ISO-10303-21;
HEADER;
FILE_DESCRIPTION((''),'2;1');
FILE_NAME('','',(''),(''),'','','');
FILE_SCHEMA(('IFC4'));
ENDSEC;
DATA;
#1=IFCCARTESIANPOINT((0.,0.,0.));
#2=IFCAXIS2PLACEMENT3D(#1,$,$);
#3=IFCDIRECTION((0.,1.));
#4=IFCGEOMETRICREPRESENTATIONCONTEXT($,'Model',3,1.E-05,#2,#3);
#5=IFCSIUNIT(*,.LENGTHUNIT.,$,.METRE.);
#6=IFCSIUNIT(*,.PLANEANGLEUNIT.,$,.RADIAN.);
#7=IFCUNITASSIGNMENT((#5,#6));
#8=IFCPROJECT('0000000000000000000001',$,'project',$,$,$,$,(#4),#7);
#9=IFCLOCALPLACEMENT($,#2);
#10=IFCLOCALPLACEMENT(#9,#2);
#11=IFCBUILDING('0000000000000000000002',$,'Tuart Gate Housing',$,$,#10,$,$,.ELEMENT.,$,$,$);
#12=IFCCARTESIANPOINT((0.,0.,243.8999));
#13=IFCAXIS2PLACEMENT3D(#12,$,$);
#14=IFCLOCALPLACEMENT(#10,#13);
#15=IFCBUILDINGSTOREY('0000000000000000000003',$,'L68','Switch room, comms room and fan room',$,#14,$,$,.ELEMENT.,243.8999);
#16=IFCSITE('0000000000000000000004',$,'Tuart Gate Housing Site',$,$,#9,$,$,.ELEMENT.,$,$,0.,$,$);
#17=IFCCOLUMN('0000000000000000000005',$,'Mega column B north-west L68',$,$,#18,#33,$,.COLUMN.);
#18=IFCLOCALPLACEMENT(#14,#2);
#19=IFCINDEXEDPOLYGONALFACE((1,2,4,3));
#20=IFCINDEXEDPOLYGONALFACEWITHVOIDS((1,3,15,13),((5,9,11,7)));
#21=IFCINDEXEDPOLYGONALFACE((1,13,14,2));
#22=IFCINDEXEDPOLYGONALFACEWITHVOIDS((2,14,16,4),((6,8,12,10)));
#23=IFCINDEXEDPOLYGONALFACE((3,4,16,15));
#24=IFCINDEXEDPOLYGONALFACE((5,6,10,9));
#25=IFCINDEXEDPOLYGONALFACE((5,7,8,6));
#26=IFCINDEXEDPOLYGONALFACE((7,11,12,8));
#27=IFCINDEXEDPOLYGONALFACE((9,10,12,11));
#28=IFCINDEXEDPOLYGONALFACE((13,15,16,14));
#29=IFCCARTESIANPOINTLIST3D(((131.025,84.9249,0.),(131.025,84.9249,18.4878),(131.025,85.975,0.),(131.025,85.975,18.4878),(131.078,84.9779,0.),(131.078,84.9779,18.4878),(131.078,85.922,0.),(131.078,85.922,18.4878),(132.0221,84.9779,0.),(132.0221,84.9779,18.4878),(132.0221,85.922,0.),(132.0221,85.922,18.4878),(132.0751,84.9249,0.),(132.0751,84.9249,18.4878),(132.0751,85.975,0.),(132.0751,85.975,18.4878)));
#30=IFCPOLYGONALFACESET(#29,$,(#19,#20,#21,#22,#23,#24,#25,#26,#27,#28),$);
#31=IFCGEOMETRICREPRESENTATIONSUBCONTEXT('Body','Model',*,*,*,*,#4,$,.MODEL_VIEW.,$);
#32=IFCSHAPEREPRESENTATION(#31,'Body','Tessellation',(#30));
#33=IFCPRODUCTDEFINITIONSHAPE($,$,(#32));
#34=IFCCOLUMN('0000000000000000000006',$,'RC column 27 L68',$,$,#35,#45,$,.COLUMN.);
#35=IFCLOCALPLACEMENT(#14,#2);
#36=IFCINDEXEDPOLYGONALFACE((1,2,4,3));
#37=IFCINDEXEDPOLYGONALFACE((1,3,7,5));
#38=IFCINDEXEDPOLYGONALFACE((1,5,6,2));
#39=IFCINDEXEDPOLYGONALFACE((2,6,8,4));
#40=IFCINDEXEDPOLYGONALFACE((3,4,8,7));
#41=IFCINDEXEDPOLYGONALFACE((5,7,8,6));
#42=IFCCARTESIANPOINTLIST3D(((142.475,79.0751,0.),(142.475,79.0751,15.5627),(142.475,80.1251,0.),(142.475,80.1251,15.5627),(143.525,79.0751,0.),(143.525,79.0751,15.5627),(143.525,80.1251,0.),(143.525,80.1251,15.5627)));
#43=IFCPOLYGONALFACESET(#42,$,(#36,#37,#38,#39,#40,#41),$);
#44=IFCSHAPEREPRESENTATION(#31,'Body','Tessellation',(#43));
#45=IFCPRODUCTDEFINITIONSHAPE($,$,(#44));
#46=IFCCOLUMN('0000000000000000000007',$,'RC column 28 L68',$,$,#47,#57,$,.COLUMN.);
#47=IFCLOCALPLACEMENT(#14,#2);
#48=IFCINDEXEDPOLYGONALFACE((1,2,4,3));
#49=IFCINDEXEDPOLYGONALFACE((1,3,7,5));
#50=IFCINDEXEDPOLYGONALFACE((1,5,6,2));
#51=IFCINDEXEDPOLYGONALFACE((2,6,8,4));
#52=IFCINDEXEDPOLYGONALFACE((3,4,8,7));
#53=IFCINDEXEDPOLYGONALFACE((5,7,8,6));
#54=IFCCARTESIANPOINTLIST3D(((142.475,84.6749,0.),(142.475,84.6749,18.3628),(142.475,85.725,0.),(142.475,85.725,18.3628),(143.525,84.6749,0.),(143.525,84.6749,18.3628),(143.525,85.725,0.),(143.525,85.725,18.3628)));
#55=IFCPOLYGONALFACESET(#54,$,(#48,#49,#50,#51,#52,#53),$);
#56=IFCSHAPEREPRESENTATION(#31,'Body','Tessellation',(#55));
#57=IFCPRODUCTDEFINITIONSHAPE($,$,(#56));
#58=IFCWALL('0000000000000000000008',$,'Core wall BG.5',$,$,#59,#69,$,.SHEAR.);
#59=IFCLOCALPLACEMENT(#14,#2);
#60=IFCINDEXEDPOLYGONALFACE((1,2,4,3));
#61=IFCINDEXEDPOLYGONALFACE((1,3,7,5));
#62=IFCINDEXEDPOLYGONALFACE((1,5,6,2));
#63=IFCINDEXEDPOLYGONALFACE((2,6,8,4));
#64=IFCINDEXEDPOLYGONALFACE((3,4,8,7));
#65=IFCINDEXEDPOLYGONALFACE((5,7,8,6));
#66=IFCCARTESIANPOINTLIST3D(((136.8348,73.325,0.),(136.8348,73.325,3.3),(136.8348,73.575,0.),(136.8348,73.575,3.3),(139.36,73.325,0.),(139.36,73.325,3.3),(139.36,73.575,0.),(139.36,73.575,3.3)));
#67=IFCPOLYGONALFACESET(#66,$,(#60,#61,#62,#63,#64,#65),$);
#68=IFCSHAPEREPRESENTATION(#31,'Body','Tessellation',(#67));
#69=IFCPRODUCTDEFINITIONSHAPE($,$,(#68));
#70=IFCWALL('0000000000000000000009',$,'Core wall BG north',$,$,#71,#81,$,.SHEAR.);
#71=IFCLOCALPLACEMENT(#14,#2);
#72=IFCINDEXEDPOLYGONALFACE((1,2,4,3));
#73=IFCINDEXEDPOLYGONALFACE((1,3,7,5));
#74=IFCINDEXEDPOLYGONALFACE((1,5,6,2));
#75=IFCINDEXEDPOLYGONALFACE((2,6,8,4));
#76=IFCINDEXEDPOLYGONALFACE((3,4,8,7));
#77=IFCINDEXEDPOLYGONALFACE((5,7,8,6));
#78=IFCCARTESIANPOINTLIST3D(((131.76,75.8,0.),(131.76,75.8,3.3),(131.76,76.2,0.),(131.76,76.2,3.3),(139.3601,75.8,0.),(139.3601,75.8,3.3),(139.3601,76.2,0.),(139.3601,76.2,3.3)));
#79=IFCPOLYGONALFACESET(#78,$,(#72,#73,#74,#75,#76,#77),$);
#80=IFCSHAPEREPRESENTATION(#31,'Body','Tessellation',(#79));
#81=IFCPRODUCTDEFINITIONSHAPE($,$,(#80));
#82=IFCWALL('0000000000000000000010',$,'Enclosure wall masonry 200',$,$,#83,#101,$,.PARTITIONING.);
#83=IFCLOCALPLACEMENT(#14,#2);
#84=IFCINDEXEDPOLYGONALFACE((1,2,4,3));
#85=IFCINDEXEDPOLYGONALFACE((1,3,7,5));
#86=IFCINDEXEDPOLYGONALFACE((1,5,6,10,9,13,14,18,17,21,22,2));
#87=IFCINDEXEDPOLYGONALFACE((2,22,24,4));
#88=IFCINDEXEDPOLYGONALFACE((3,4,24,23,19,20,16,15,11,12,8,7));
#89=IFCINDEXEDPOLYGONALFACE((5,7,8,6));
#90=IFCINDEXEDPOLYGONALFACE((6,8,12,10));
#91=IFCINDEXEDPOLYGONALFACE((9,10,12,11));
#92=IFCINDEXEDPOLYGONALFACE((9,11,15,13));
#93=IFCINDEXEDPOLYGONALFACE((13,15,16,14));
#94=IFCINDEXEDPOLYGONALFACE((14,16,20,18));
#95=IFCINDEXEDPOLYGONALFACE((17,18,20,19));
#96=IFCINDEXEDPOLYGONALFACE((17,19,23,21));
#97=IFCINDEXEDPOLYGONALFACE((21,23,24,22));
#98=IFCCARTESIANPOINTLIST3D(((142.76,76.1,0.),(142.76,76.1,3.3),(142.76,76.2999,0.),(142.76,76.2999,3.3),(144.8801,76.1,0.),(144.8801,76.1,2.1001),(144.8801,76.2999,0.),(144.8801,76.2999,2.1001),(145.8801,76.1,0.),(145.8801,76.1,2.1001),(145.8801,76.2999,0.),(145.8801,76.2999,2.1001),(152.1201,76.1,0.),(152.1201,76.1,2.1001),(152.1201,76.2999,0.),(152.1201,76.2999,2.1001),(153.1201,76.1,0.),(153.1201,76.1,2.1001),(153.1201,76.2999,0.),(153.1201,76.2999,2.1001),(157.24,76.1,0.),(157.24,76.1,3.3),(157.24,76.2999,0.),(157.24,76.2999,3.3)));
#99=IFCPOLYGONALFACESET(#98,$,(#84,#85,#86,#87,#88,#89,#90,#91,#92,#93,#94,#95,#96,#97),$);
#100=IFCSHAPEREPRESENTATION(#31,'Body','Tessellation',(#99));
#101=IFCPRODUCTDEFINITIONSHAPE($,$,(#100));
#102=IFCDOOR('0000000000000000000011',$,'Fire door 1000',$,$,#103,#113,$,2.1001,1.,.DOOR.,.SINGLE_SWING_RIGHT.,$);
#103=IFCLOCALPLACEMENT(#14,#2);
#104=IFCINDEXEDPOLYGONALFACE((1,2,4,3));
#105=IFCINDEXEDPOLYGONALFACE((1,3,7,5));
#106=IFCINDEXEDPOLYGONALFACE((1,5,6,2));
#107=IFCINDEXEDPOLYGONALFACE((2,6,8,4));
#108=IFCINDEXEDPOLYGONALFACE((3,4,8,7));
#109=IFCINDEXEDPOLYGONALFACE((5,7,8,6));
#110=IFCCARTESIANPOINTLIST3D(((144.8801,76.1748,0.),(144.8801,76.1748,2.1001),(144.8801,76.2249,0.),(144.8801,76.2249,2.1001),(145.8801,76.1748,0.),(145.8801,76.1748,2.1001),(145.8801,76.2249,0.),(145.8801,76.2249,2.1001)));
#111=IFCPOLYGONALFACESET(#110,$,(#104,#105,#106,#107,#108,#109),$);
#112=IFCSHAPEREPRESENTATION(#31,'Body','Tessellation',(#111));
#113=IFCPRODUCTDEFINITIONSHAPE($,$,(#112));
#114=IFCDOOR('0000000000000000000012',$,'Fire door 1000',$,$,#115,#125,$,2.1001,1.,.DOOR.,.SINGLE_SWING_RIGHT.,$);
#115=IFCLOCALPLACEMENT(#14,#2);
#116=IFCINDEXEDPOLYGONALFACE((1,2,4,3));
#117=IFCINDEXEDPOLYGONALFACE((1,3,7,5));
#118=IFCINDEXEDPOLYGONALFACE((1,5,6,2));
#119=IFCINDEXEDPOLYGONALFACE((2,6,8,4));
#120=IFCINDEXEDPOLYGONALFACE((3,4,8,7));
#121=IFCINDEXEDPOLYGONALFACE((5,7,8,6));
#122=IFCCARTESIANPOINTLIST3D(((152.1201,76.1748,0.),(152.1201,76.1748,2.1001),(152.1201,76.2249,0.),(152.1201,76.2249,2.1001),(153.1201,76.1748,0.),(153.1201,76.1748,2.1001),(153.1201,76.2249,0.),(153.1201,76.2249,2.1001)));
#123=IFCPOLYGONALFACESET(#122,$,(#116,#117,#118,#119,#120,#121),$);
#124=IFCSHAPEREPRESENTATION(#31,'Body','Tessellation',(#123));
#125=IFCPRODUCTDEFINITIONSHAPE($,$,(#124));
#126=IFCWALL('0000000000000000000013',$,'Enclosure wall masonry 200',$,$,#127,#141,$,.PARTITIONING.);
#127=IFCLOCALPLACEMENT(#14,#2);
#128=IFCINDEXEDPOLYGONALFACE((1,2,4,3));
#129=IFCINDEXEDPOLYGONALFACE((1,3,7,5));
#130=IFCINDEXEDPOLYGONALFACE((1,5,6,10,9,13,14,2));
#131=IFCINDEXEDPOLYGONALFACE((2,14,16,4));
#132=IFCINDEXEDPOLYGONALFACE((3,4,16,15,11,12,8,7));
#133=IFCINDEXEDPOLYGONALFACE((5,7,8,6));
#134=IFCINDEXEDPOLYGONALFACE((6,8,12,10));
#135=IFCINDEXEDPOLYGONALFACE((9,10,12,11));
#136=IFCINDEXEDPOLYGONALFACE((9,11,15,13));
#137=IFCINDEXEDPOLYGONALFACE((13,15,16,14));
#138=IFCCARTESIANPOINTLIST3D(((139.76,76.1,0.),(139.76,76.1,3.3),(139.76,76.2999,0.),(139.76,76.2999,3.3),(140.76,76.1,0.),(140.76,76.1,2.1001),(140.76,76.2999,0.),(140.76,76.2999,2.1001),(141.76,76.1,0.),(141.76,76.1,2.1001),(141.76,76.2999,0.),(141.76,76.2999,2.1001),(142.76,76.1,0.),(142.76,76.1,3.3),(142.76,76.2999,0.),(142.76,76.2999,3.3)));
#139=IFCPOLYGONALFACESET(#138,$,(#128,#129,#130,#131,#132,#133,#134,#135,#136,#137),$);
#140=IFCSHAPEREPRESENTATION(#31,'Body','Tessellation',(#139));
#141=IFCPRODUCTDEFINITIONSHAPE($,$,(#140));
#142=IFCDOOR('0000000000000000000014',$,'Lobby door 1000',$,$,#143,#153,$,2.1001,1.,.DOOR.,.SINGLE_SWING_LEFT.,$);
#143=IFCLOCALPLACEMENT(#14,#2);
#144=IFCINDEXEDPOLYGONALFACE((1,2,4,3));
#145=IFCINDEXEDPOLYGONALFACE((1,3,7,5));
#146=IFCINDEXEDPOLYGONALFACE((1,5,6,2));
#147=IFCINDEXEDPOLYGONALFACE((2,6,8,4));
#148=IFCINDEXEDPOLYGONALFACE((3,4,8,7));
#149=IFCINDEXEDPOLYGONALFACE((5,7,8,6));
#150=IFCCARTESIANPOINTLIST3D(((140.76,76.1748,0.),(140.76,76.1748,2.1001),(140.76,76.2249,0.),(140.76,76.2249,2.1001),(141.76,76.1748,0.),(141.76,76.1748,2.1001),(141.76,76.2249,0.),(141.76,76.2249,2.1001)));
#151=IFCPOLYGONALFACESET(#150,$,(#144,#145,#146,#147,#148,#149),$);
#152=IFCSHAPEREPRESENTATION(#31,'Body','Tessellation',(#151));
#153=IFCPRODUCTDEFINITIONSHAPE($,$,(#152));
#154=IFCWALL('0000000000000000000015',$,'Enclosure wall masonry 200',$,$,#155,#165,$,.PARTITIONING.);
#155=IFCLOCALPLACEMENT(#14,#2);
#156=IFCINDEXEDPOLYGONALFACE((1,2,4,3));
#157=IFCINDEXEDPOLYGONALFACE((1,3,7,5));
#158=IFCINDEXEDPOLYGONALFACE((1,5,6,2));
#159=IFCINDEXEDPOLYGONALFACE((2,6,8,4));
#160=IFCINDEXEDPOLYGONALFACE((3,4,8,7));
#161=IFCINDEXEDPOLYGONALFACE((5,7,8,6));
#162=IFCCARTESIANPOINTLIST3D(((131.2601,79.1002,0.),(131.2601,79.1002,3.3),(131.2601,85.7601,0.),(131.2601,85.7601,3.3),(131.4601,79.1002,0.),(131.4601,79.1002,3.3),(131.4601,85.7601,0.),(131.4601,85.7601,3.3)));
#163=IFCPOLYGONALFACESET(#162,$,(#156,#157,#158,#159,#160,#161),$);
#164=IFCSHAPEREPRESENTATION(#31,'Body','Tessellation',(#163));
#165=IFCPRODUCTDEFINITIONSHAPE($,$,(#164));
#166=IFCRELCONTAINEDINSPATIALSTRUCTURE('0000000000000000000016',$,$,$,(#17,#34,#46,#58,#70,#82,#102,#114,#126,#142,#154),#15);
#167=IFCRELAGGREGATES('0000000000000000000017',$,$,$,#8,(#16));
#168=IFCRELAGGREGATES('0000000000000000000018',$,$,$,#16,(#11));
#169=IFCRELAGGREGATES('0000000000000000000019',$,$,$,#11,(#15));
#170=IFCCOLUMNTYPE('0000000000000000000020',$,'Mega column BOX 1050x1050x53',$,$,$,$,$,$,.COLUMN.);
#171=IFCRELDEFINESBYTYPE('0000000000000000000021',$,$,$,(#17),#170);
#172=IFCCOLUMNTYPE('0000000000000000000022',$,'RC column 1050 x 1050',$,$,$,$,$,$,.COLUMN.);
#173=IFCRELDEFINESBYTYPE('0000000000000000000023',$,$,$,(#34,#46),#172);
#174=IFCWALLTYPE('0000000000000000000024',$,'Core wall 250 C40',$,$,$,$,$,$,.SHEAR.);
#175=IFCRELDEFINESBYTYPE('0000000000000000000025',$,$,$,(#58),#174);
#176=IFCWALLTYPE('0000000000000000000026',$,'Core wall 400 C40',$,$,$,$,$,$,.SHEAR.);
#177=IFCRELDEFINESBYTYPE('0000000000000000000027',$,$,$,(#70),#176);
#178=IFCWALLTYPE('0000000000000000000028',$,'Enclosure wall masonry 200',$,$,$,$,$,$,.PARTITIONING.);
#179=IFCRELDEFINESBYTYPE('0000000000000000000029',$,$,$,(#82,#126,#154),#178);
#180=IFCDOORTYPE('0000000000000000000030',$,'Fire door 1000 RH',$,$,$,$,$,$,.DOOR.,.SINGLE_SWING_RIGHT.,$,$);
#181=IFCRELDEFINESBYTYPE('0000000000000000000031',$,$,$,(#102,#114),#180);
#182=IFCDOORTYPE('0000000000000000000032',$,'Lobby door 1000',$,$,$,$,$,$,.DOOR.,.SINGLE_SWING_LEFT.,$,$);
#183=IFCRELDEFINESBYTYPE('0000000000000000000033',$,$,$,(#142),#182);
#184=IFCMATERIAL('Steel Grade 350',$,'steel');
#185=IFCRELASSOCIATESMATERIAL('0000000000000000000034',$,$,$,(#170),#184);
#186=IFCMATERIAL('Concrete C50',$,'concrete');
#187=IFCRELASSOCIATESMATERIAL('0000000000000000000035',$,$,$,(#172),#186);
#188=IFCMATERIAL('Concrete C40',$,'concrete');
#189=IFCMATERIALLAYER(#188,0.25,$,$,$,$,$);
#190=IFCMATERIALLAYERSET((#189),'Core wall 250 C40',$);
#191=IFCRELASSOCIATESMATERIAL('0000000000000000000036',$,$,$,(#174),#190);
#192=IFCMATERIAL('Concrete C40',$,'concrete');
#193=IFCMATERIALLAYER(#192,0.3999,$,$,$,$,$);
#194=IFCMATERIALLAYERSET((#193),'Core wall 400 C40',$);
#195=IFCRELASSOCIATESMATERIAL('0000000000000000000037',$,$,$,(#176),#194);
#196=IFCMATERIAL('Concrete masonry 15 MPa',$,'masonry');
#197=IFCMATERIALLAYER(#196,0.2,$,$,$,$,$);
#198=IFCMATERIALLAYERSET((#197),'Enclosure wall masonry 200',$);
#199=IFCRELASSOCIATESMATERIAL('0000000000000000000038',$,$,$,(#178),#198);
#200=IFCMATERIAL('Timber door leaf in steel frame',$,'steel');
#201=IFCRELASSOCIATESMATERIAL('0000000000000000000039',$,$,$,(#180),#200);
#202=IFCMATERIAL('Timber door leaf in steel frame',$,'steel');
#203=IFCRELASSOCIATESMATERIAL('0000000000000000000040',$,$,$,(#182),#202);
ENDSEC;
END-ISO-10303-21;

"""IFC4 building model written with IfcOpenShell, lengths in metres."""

from ifc_helpers import new_model, si_unit, direction, frame, frame_2d, origin, origin_2d, place, context, subcontext, project, spatial, rectangle, hollow_rectangle, extrude, material, layer, layer_set, material_profile, profile_set, type_object, element, fill, save


model = new_model("IFC4")

# Units and contexts
model_context = context("Model", 3, precision=1e-05, world=origin(), true_north=direction((0.0, 1.0)))
body_context = subcontext(model_context, "Body", "Model", "MODEL_VIEW")
ifc_project = project(units=[si_unit("LENGTHUNIT", "METRE"), si_unit("PLANEANGLEUNIT", "RADIAN")], contexts=[model_context])

# Site, building, storey
site_placement = place(None, origin())
site = spatial("IfcSite", under=ifc_project, at=site_placement, Name="Tuart Gate Housing Site", CompositionType="ELEMENT", RefElevation=0.0)
building_placement = place(site_placement, origin())
building = spatial("IfcBuilding", under=site, at=building_placement, Name="Tuart Gate Housing", CompositionType="ELEMENT")
storey_placement = place(building_placement, frame((0.0, 0.0, 243.8999)))
storey = spatial("IfcBuildingStorey", under=building, at=storey_placement, Name="L68", Description="Switch room, comms room and fan room", CompositionType="ELEMENT", Elevation=243.8999)

# Columns
ifc_material_1 = material(Name="Steel Grade 350", Category="steel")
ifc_material_profile_1 = material_profile(ifc_material_1, hollow_rectangle(XDim=1.05, YDim=1.05, WallThickness=0.053, at=origin_2d()), Name="BOX 1050x1050x53")
ifc_profile_set_1 = profile_set([ifc_material_profile_1], Name="Steel Grade 350")
column_type_1 = type_object("IfcColumnType", Name="Mega column BOX 1050x1050x53", PredefinedType="COLUMN", material=ifc_profile_set_1)
column_1_placement = place(storey_placement, frame((131.55, 85.45, 0.0), z_axis=(0.0, 0.0, 1.0), x_axis=(1.0, 0.0, 0.0)))
element("IfcColumn", 1, at=column_1_placement, inside=storey, type_object=column_type_1, Name="Mega column B north-west L68", PredefinedType="COLUMN", context=body_context, shape_type="SweptSolid", body=[
    extrude(hollow_rectangle(XDim=1.05, YDim=1.05, WallThickness=0.053, at=origin_2d()), origin(), (0.0, 0.0, 1.0), 18.4878),
])
ifc_material_2 = material(Name="Concrete C50", Category="concrete")
ifc_material_profile_2 = material_profile(ifc_material_2, rectangle(XDim=1.05, YDim=1.05, at=origin_2d()), Name="RC column 1050 x 1050")
ifc_profile_set_2 = profile_set([ifc_material_profile_2], Name="Concrete C50")
column_type_2 = type_object("IfcColumnType", Name="RC column 1050 x 1050", PredefinedType="COLUMN", material=ifc_profile_set_2)
column_2_placement = place(storey_placement, frame((143.0, 79.6001, 0.0), z_axis=(0.0, 0.0, 1.0), x_axis=(1.0, 0.0, 0.0)))
element("IfcColumn", 2, at=column_2_placement, inside=storey, type_object=column_type_2, Name="RC column 27 L68", PredefinedType="COLUMN", context=body_context, shape_type="SweptSolid", body=[
    extrude(rectangle(XDim=1.05, YDim=1.05, at=origin_2d()), origin(), (0.0, 0.0, 1.0), 15.5627),
])
column_3_placement = place(storey_placement, frame((143.0, 85.2, 0.0), z_axis=(0.0, 0.0, 1.0), x_axis=(1.0, 0.0, 0.0)))
element("IfcColumn", 3, at=column_3_placement, inside=storey, type_object=column_type_2, Name="RC column 28 L68", PredefinedType="COLUMN", context=body_context, shape_type="SweptSolid", body=[
    extrude(rectangle(XDim=1.05, YDim=1.05, at=origin_2d()), origin(), (0.0, 0.0, 1.0), 18.3628),
])

# Walls
ifc_material_3 = material(Name="Concrete C40", Category="concrete")
ifc_layer_1 = layer(ifc_material_3, 0.25)
ifc_layer_set_1 = layer_set([ifc_layer_1], Name="Core wall 250 C40")
wall_type_1 = type_object("IfcWallType", Name="Core wall 250 C40", PredefinedType="SHEAR", material=ifc_layer_set_1)
wall_1_placement = place(storey_placement, frame((139.3601, 73.45, 0.0), z_axis=(0.0, 0.0, 1.0), x_axis=(-1.0, 0.0, 0.0)))
element("IfcWall", 4, at=wall_1_placement, inside=storey, type_object=wall_type_1, Name="Core wall BG.5", PredefinedType="SHEAR", context=body_context, shape_type="SweptSolid", body=[
    extrude(rectangle(XDim=2.5251, YDim=0.25, at=frame_2d((1.2627, 0.0))), origin(), (0.0, 0.0, 1.0), 3.3),
])
ifc_material_4 = material(Name="Concrete C40", Category="concrete")
ifc_layer_2 = layer(ifc_material_4, 0.3999)
ifc_layer_set_2 = layer_set([ifc_layer_2], Name="Core wall 400 C40")
wall_type_2 = type_object("IfcWallType", Name="Core wall 400 C40", PredefinedType="SHEAR", material=ifc_layer_set_2)
wall_2_placement = place(storey_placement, frame((139.3601, 76.0, 0.0), z_axis=(0.0, 0.0, 1.0), x_axis=(-1.0, 0.0, 0.0)))
element("IfcWall", 5, at=wall_2_placement, inside=storey, type_object=wall_type_2, Name="Core wall BG north", PredefinedType="SHEAR", context=body_context, shape_type="SweptSolid", body=[
    extrude(rectangle(XDim=7.6001, YDim=0.3999, at=frame_2d((3.8, 0.0))), origin(), (0.0, 0.0, 1.0), 3.3),
])

# Wall, openings, doors
ifc_material_5 = material(Name="Concrete masonry 15 MPa", Category="masonry")
ifc_layer_3 = layer(ifc_material_5, 0.2)
ifc_layer_set_3 = layer_set([ifc_layer_3], Name="Enclosure wall masonry 200")
wall_type_3 = type_object("IfcWallType", Name="Enclosure wall masonry 200", PredefinedType="PARTITIONING", material=ifc_layer_set_3)
wall_3_placement = place(storey_placement, frame((142.76, 76.2, 0.0), z_axis=(0.0, 0.0, 1.0), x_axis=(1.0, 0.0, 0.0)))
wall_3 = element("IfcWall", 6, at=wall_3_placement, inside=storey, type_object=wall_type_3, Name="Enclosure wall masonry 200", PredefinedType="PARTITIONING", context=body_context, shape_type="SweptSolid", body=[
    extrude(rectangle(XDim=14.48, YDim=0.2, at=frame_2d((7.24, 0.0))), origin(), (0.0, 0.0, 1.0), 3.3),
])
opening_1_placement = place(wall_3_placement, frame((2.1201, 0.0, 0.0)))
opening_1 = element("IfcOpeningElement", 7, at=opening_1_placement, cuts=wall_3, PredefinedType="OPENING", context=body_context, shape_type="SweptSolid", body=[
    extrude(rectangle(XDim=1.0, YDim=2.1001, at=frame_2d((0.5, 1.05))), frame((0.0, 0.1099, 0.0), z_axis=(0.0, -1.0, 0.0), x_axis=(1.0, 0.0, 0.0)), (0.0, 0.0, 1.0), 0.22),
])
opening_2_placement = place(wall_3_placement, frame((9.3601, 0.0, 0.0)))
opening_2 = element("IfcOpeningElement", 8, at=opening_2_placement, cuts=wall_3, PredefinedType="OPENING", context=body_context, shape_type="SweptSolid", body=[
    extrude(rectangle(XDim=1.0, YDim=2.1001, at=frame_2d((0.5, 1.05))), frame((0.0, 0.1099, 0.0), z_axis=(0.0, -1.0, 0.0), x_axis=(1.0, 0.0, 0.0)), (0.0, 0.0, 1.0), 0.22),
])
ifc_material_6 = material(Name="Timber door leaf in steel frame", Category="steel")
door_type_1 = type_object("IfcDoorType", Name="Fire door 1000 RH", OperationType="SINGLE_SWING_RIGHT", PredefinedType="DOOR", material=ifc_material_6)
door_1_placement = place(opening_1_placement, frame((1.0, 0.0, 0.0), z_axis=(0.0, 0.0, 1.0), x_axis=(-1.0, 0.0, 0.0)))
door_1 = element("IfcDoor", 9, at=door_1_placement, inside=storey, type_object=door_type_1, Name="Fire door 1000", OperationType="SINGLE_SWING_RIGHT", OverallHeight=2.1001, OverallWidth=1.0, PredefinedType="DOOR", context=body_context, shape_type="SweptSolid", body=[
    extrude(rectangle(XDim=1.0, YDim=2.1001, at=frame_2d((0.5, 1.05))), frame((0.0, 0.0251, 0.0), z_axis=(0.0, -1.0, 0.0), x_axis=(1.0, 0.0, 0.0)), (0.0, 0.0, 1.0), 0.05),
])
fill(opening_1, door_1)
door_2_placement = place(opening_2_placement, frame((1.0, 0.0, 0.0), z_axis=(0.0, 0.0, 1.0), x_axis=(-1.0, 0.0, 0.0)))
door_2 = element("IfcDoor", 10, at=door_2_placement, inside=storey, type_object=door_type_1, Name="Fire door 1000", OperationType="SINGLE_SWING_RIGHT", OverallHeight=2.1001, OverallWidth=1.0, PredefinedType="DOOR", context=body_context, shape_type="SweptSolid", body=[
    extrude(rectangle(XDim=1.0, YDim=2.1001, at=frame_2d((0.5, 1.05))), frame((0.0, 0.0251, 0.0), z_axis=(0.0, -1.0, 0.0), x_axis=(1.0, 0.0, 0.0)), (0.0, 0.0, 1.0), 0.05),
])
fill(opening_2, door_2)

# Wall, opening, door
wall_4_placement = place(storey_placement, frame((139.76, 76.2, 0.0), z_axis=(0.0, 0.0, 1.0), x_axis=(1.0, 0.0, 0.0)))
wall_4 = element("IfcWall", 11, at=wall_4_placement, inside=storey, type_object=wall_type_3, Name="Enclosure wall masonry 200", PredefinedType="PARTITIONING", context=body_context, shape_type="SweptSolid", body=[
    extrude(rectangle(XDim=3.0, YDim=0.2, at=frame_2d((1.5, 0.0))), origin(), (0.0, 0.0, 1.0), 3.3),
])
opening_3_placement = place(wall_4_placement, frame((1.0, 0.0, 0.0)))
opening_3 = element("IfcOpeningElement", 12, at=opening_3_placement, cuts=wall_4, PredefinedType="OPENING", context=body_context, shape_type="SweptSolid", body=[
    extrude(rectangle(XDim=1.0, YDim=2.1001, at=frame_2d((0.5, 1.05))), frame((0.0, 0.1099, 0.0), z_axis=(0.0, -1.0, 0.0), x_axis=(1.0, 0.0, 0.0)), (0.0, 0.0, 1.0), 0.22),
])
ifc_material_7 = material(Name="Timber door leaf in steel frame", Category="steel")
door_type_2 = type_object("IfcDoorType", Name="Lobby door 1000", OperationType="SINGLE_SWING_LEFT", PredefinedType="DOOR", material=ifc_material_7)
door_3_placement = place(opening_3_placement, frame((1.0, 0.0, 0.0), z_axis=(0.0, 0.0, 1.0), x_axis=(-1.0, 0.0, 0.0)))
door_3 = element("IfcDoor", 13, at=door_3_placement, inside=storey, type_object=door_type_2, Name="Lobby door 1000", OperationType="SINGLE_SWING_LEFT", OverallHeight=2.1001, OverallWidth=1.0, PredefinedType="DOOR", context=body_context, shape_type="SweptSolid", body=[
    extrude(rectangle(XDim=1.0, YDim=2.1001, at=frame_2d((0.5, 1.05))), frame((0.0, 0.0251, 0.0), z_axis=(0.0, -1.0, 0.0), x_axis=(1.0, 0.0, 0.0)), (0.0, 0.0, 1.0), 0.05),
])
fill(opening_3, door_3)

# Wall
for number, where, z_axis, x_axis, name in (
    (14, (131.3601, 79.1001, 0.0), (0.0, 0.0, 1.0), (0.0, 1.0, 0.0), "Enclosure wall masonry 200"),
):
    element("IfcWall", number, at=place(storey_placement, frame(where, z_axis=z_axis, x_axis=x_axis)), inside=storey, type_object=wall_type_3, Name=name, PredefinedType="PARTITIONING", context=body_context, shape_type="SweptSolid", body=[
        extrude(rectangle(XDim=6.6599, YDim=0.2, at=frame_2d((3.3301, 0.0))), origin(), (0.0, 0.0, 1.0), 3.3),
    ])

save(model, "model.ifc")
